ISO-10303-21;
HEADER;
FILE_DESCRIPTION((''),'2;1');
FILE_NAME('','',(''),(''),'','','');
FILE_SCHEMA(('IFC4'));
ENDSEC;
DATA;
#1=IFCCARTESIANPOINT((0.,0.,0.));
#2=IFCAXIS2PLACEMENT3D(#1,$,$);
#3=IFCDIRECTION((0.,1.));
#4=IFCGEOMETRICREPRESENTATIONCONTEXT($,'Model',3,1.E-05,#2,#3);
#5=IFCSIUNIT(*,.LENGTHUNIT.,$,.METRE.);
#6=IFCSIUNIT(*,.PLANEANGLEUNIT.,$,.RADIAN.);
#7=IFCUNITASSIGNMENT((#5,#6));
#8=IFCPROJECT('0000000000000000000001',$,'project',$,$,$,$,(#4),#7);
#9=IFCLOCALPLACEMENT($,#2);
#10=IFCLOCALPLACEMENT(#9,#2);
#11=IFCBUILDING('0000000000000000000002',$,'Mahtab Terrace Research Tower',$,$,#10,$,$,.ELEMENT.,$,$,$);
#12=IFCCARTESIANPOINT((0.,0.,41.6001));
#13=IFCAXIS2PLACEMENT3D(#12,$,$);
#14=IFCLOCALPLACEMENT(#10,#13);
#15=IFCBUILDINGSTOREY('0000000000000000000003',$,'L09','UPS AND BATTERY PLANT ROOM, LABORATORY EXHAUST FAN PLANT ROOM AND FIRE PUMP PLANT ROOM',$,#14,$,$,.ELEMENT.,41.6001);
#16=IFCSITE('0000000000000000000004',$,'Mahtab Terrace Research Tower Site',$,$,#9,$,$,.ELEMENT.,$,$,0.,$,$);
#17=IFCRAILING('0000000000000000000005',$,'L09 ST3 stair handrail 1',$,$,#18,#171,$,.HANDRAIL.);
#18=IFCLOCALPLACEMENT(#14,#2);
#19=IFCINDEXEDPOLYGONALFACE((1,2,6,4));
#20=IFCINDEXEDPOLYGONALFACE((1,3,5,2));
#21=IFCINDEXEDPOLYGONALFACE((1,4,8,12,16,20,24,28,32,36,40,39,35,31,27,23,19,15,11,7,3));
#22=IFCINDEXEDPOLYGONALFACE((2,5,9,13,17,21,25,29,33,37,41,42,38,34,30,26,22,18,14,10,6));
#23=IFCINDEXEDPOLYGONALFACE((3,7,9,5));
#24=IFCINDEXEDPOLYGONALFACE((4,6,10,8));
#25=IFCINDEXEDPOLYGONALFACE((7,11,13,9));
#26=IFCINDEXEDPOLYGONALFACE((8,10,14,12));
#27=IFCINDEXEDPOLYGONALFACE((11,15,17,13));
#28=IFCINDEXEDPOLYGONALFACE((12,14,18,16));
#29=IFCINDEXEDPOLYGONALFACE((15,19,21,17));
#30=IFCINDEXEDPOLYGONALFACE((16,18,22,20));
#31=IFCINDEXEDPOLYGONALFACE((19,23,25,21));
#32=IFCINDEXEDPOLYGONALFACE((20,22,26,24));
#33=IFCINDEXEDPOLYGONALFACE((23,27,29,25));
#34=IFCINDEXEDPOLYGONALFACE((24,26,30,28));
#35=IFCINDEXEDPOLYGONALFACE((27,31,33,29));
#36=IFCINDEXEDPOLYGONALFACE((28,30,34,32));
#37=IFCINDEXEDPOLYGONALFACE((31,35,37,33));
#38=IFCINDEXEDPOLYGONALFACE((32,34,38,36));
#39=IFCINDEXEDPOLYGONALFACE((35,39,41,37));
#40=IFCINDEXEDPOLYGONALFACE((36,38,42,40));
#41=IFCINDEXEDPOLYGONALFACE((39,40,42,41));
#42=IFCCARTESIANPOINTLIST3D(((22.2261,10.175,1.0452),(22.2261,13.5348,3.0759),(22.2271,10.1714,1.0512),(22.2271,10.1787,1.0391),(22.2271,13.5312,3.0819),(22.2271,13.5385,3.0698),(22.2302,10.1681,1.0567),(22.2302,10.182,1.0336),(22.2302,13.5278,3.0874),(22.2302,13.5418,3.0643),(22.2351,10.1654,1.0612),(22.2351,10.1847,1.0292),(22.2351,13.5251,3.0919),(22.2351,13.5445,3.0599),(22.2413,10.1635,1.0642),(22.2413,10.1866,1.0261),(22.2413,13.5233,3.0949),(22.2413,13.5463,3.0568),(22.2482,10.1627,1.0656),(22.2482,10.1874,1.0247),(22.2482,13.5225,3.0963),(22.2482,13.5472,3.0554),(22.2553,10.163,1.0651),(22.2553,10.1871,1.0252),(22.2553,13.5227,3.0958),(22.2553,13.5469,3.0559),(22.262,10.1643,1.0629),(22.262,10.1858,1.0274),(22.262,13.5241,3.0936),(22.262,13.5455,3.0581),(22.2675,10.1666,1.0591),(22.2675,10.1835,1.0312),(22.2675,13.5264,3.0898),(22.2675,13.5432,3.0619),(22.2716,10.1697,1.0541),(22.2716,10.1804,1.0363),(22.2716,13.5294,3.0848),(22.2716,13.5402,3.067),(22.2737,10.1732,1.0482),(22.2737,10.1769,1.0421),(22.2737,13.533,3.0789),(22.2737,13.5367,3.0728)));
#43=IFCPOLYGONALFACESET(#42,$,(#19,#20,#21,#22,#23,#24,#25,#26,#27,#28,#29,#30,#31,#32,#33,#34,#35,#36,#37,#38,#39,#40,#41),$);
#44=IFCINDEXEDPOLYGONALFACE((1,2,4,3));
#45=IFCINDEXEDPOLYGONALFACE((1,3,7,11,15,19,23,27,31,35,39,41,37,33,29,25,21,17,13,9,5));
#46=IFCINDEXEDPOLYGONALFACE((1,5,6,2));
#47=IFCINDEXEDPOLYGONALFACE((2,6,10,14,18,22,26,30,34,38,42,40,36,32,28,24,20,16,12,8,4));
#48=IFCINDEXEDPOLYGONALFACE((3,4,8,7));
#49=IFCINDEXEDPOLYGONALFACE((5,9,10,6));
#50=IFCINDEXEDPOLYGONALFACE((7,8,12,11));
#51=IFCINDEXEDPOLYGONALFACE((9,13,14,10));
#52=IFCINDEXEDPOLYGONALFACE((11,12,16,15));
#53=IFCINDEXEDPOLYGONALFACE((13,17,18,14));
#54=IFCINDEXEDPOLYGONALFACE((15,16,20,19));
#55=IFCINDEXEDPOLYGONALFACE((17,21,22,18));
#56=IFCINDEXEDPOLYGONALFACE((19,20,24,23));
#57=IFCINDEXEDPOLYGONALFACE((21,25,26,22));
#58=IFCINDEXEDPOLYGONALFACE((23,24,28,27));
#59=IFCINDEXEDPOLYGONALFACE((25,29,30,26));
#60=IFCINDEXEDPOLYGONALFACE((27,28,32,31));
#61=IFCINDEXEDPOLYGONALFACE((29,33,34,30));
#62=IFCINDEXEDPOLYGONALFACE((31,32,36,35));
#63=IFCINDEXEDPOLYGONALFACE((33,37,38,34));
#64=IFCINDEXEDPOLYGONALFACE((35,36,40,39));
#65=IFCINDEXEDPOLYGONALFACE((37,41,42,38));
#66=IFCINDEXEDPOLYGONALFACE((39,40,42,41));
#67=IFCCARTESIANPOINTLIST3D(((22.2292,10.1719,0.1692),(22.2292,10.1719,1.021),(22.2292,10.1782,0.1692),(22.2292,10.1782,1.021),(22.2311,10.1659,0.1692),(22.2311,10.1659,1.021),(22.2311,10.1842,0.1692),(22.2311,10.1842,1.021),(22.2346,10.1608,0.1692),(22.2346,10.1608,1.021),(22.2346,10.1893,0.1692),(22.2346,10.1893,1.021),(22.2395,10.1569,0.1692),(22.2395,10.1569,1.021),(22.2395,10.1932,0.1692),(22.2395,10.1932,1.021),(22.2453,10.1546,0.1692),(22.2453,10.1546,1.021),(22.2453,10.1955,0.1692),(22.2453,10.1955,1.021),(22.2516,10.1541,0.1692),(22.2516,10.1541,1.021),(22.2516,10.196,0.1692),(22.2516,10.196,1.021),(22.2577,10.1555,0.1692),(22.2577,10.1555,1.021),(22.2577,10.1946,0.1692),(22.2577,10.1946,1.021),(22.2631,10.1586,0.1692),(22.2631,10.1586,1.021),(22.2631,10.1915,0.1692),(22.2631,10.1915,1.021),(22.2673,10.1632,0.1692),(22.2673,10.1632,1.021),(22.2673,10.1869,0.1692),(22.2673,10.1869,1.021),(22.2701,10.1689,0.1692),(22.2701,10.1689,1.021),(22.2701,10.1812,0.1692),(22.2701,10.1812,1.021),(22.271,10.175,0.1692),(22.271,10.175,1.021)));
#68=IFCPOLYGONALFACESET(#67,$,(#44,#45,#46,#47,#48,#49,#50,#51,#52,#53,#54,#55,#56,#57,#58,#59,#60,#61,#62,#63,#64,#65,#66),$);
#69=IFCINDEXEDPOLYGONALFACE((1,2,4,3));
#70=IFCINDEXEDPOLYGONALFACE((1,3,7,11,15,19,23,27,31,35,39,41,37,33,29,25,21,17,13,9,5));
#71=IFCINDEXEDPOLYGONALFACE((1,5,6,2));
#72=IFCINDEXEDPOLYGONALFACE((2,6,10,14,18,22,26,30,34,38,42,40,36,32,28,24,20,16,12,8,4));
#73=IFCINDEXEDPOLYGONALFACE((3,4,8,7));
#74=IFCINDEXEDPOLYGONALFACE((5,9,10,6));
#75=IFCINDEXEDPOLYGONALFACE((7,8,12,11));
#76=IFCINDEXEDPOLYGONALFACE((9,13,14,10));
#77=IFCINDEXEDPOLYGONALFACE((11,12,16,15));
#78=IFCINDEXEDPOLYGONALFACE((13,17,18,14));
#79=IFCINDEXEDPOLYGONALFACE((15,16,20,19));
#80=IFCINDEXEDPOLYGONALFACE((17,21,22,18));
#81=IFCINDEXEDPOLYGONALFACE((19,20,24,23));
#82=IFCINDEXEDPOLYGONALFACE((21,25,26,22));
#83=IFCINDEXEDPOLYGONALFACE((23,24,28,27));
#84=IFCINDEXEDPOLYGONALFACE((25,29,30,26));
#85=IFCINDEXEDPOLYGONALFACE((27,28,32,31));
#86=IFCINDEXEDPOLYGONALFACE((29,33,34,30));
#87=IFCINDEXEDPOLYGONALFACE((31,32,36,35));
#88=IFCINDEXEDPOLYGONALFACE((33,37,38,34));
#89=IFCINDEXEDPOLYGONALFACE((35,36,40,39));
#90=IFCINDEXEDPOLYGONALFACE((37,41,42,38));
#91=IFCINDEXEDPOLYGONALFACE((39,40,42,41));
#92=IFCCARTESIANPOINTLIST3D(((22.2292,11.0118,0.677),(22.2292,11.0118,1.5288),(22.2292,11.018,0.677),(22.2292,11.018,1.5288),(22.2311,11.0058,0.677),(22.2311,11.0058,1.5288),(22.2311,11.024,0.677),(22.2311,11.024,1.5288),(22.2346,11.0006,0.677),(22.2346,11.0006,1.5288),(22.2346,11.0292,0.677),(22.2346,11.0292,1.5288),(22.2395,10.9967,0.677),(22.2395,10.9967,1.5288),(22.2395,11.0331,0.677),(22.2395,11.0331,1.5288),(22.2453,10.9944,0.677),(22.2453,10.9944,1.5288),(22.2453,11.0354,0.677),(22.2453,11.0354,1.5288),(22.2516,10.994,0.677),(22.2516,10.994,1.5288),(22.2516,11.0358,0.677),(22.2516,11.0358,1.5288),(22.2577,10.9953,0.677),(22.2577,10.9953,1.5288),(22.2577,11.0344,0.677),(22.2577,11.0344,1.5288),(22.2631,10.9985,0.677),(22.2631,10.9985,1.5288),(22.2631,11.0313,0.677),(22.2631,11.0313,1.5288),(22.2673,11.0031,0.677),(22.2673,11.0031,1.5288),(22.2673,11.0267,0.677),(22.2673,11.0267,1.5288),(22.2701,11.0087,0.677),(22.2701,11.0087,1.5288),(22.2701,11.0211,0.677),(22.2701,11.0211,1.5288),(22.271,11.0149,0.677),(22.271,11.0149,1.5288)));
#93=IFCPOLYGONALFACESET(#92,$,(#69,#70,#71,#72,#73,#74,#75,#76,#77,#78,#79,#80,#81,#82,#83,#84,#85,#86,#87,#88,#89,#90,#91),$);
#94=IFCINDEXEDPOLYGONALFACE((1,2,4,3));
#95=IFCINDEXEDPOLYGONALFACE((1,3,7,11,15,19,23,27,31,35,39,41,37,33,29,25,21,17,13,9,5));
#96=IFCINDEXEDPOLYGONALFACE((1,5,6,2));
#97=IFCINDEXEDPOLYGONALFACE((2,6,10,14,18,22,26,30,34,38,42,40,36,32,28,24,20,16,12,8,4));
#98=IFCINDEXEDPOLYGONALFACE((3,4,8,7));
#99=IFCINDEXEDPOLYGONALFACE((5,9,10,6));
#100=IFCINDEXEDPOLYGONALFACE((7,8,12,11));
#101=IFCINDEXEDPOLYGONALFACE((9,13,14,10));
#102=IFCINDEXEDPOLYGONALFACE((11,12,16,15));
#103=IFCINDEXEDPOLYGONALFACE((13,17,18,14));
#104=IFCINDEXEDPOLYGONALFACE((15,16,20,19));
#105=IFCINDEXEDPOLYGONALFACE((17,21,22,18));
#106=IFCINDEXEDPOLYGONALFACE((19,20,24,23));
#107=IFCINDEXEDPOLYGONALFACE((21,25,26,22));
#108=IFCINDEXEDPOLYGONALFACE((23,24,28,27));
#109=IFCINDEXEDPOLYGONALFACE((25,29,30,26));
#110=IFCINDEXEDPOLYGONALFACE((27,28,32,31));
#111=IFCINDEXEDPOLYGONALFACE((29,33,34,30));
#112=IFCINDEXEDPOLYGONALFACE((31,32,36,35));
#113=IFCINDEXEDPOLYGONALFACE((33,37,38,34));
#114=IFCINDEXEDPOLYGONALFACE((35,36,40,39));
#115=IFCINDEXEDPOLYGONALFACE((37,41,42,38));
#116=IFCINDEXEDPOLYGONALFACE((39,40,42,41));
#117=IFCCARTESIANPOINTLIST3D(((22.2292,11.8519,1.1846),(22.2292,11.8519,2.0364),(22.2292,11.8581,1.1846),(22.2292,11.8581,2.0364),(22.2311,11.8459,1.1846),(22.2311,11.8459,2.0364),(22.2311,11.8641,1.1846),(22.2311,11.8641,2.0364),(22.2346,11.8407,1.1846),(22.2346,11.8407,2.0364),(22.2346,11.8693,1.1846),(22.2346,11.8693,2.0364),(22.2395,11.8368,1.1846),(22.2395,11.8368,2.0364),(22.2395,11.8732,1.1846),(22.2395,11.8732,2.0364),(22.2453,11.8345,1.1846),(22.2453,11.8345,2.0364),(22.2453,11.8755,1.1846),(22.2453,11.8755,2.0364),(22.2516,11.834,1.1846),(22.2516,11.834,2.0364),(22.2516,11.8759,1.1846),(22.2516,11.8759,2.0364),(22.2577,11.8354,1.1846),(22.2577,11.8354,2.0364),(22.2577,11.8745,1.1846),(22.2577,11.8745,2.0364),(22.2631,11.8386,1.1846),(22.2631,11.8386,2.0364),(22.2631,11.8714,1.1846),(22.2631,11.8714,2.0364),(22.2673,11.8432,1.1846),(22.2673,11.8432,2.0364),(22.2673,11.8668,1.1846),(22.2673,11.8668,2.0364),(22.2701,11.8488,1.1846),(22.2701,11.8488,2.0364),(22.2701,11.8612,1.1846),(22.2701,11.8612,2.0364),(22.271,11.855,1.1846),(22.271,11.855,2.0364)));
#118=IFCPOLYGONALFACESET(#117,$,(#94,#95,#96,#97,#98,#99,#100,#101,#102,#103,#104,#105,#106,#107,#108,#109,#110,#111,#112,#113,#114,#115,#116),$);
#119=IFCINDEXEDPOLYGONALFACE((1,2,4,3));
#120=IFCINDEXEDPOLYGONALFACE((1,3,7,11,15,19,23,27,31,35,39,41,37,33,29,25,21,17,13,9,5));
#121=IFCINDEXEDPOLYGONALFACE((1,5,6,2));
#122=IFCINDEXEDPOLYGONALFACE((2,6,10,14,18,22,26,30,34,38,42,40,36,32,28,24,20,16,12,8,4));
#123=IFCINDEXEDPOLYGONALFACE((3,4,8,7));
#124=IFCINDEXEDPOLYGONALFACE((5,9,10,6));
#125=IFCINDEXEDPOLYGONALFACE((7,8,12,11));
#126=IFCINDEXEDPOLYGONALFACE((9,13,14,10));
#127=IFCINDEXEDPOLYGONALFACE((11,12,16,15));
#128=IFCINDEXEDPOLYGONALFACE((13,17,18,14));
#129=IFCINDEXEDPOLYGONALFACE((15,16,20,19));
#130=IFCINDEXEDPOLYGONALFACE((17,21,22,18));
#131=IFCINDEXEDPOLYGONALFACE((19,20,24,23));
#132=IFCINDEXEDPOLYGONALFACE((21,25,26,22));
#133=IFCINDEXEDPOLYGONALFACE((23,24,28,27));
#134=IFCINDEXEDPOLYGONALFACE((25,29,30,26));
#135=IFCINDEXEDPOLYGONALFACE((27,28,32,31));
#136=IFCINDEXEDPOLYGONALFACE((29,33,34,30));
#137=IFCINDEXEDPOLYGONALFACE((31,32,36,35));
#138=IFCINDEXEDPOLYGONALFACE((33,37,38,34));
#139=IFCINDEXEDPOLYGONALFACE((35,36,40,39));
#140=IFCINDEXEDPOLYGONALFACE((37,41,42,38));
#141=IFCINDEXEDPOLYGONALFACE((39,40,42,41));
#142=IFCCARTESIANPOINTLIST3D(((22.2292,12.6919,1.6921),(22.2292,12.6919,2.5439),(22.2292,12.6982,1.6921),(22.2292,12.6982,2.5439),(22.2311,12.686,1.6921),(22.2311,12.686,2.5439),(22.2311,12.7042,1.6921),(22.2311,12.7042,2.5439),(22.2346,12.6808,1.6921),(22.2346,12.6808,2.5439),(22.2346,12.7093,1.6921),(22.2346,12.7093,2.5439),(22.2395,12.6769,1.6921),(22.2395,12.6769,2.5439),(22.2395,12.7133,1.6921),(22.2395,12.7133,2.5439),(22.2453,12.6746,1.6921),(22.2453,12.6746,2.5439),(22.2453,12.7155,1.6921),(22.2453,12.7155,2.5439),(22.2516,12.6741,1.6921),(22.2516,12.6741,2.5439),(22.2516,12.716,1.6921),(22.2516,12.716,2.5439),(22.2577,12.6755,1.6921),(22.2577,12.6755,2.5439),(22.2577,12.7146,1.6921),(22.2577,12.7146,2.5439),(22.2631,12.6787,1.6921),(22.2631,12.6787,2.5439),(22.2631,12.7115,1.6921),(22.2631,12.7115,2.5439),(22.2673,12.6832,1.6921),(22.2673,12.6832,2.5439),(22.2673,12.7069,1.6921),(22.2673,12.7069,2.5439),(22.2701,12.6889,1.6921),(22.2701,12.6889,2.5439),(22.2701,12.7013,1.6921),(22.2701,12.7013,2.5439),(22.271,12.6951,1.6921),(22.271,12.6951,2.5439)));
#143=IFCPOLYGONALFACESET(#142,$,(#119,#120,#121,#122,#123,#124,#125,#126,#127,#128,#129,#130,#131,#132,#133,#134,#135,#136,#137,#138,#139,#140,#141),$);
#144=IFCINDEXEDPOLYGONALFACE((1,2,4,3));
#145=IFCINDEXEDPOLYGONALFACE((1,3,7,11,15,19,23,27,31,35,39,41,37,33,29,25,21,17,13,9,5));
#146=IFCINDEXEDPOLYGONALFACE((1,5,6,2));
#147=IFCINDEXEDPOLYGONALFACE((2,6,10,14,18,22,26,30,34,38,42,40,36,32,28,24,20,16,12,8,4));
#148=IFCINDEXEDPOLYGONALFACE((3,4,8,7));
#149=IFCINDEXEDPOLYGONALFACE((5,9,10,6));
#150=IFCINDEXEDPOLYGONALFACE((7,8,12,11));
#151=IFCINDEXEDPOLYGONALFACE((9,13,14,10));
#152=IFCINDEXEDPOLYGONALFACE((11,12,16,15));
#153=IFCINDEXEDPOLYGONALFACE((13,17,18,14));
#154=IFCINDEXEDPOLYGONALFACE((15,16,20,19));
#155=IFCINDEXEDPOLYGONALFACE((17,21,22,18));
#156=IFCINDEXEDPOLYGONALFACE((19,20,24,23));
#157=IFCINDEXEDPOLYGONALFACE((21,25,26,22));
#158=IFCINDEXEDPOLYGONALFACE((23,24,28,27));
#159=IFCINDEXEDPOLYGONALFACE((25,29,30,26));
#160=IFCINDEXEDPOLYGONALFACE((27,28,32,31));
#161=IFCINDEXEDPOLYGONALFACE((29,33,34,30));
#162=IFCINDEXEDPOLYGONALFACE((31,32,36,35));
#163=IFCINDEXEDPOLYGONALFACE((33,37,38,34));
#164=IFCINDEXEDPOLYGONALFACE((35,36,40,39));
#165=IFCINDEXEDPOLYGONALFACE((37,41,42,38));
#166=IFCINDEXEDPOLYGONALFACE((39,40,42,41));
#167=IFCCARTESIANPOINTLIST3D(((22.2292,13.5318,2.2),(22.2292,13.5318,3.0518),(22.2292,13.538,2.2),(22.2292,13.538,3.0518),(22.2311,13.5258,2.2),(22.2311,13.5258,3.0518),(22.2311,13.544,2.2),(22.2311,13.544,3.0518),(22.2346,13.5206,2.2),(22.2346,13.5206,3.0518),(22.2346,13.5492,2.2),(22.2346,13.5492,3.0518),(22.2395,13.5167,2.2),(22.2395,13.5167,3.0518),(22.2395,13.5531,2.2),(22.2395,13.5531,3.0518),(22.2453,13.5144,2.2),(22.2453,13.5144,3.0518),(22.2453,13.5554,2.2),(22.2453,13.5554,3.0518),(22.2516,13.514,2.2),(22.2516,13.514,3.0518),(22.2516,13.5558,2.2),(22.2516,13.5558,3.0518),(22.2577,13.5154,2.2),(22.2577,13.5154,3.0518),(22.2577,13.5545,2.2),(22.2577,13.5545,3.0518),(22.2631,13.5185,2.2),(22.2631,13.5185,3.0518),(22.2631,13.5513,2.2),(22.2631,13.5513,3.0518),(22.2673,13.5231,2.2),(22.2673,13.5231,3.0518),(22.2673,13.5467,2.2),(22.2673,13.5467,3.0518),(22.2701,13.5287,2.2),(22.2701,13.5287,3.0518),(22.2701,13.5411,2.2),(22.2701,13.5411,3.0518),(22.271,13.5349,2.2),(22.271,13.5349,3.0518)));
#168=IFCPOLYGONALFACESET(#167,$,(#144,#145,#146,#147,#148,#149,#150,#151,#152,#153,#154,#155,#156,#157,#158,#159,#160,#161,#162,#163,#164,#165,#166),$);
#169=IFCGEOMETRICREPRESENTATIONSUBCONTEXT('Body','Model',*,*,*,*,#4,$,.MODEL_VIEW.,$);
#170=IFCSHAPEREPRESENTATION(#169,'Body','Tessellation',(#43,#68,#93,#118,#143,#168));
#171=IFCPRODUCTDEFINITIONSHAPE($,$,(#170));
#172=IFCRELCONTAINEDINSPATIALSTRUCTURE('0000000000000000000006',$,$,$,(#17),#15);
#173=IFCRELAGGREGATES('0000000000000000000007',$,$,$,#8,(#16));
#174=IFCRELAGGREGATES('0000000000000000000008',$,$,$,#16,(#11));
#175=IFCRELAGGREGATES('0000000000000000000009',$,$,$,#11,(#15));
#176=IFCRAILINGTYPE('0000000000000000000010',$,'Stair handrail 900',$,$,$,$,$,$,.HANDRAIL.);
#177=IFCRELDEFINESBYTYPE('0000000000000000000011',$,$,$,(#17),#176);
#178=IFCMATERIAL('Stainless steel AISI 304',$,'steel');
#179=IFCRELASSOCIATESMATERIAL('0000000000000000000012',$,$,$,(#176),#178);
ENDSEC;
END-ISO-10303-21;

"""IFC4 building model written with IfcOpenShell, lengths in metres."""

from ifc_helpers import new_model, si_unit, direction, frame, origin, origin_2d, place, context, subcontext, project, spatial, circle, extrude, material, type_object, element, save


model = new_model("IFC4")

# Units and contexts
model_context = context("Model", 3, precision=1e-05, world=origin(), true_north=direction((0.0, 1.0)))
body_context = subcontext(model_context, "Body", "Model", "MODEL_VIEW")
ifc_project = project(units=[si_unit("LENGTHUNIT", "METRE"), si_unit("PLANEANGLEUNIT", "RADIAN")], contexts=[model_context])

# Site, building, storey
site_placement = place(None, origin())
site = spatial("IfcSite", under=ifc_project, at=site_placement, Name="Mahtab Terrace Research Tower Site", CompositionType="ELEMENT", RefElevation=0.0)
building_placement = place(site_placement, origin())
building = spatial("IfcBuilding", under=site, at=building_placement, Name="Mahtab Terrace Research Tower", CompositionType="ELEMENT")
storey_placement = place(building_placement, frame((0.0, 0.0, 41.6001)))
storey = spatial("IfcBuildingStorey", under=building, at=storey_placement, Name="L09", Description="UPS AND BATTERY PLANT ROOM, LABORATORY EXHAUST FAN PLANT ROOM AND FIRE PUMP PLANT ROOM", CompositionType="ELEMENT", Elevation=41.6001)

# Railing
ifc_material_1 = material(Name="Stainless steel AISI 304", Category="steel")
railing_type_1 = type_object("IfcRailingType", Name="Stair handrail 900", PredefinedType="HANDRAIL", material=ifc_material_1)
railing_1_placement = place(storey_placement, frame((22.25, 10.175, 0.1692)))
element("IfcRailing", 1, at=railing_1_placement, inside=storey, type_object=railing_type_1, Name="L09 ST3 stair handrail 1", PredefinedType="HANDRAIL", context=body_context, shape_type="SweptSolid", body=[
    extrude(circle(Radius=0.0239, at=origin_2d()), frame((0.0, 0.0, 0.876), z_axis=(0.0, 0.85582, 0.517273), x_axis=(-1.0, 0.0, 0.0)), (0.0, 0.0, 1.0), 3.9258),
    extrude(circle(Radius=0.021, at=origin_2d()), origin(), (0.0, 0.0, 1.0), 0.8518),
    extrude(circle(Radius=0.021, at=origin_2d()), frame((0.0, 0.8398, 0.5078)), (0.0, 0.0, 1.0), 0.8518),
    extrude(circle(Radius=0.021, at=origin_2d()), frame((0.0, 1.6799, 1.0154)), (0.0, 0.0, 1.0), 0.8518),
    extrude(circle(Radius=0.021, at=origin_2d()), frame((0.0, 2.52, 1.5229)), (0.0, 0.0, 1.0), 0.8518),
    extrude(circle(Radius=0.021, at=origin_2d()), frame((0.0, 3.3599, 2.0308)), (0.0, 0.0, 1.0), 0.8518),
])

save(model, "model.ifc")
